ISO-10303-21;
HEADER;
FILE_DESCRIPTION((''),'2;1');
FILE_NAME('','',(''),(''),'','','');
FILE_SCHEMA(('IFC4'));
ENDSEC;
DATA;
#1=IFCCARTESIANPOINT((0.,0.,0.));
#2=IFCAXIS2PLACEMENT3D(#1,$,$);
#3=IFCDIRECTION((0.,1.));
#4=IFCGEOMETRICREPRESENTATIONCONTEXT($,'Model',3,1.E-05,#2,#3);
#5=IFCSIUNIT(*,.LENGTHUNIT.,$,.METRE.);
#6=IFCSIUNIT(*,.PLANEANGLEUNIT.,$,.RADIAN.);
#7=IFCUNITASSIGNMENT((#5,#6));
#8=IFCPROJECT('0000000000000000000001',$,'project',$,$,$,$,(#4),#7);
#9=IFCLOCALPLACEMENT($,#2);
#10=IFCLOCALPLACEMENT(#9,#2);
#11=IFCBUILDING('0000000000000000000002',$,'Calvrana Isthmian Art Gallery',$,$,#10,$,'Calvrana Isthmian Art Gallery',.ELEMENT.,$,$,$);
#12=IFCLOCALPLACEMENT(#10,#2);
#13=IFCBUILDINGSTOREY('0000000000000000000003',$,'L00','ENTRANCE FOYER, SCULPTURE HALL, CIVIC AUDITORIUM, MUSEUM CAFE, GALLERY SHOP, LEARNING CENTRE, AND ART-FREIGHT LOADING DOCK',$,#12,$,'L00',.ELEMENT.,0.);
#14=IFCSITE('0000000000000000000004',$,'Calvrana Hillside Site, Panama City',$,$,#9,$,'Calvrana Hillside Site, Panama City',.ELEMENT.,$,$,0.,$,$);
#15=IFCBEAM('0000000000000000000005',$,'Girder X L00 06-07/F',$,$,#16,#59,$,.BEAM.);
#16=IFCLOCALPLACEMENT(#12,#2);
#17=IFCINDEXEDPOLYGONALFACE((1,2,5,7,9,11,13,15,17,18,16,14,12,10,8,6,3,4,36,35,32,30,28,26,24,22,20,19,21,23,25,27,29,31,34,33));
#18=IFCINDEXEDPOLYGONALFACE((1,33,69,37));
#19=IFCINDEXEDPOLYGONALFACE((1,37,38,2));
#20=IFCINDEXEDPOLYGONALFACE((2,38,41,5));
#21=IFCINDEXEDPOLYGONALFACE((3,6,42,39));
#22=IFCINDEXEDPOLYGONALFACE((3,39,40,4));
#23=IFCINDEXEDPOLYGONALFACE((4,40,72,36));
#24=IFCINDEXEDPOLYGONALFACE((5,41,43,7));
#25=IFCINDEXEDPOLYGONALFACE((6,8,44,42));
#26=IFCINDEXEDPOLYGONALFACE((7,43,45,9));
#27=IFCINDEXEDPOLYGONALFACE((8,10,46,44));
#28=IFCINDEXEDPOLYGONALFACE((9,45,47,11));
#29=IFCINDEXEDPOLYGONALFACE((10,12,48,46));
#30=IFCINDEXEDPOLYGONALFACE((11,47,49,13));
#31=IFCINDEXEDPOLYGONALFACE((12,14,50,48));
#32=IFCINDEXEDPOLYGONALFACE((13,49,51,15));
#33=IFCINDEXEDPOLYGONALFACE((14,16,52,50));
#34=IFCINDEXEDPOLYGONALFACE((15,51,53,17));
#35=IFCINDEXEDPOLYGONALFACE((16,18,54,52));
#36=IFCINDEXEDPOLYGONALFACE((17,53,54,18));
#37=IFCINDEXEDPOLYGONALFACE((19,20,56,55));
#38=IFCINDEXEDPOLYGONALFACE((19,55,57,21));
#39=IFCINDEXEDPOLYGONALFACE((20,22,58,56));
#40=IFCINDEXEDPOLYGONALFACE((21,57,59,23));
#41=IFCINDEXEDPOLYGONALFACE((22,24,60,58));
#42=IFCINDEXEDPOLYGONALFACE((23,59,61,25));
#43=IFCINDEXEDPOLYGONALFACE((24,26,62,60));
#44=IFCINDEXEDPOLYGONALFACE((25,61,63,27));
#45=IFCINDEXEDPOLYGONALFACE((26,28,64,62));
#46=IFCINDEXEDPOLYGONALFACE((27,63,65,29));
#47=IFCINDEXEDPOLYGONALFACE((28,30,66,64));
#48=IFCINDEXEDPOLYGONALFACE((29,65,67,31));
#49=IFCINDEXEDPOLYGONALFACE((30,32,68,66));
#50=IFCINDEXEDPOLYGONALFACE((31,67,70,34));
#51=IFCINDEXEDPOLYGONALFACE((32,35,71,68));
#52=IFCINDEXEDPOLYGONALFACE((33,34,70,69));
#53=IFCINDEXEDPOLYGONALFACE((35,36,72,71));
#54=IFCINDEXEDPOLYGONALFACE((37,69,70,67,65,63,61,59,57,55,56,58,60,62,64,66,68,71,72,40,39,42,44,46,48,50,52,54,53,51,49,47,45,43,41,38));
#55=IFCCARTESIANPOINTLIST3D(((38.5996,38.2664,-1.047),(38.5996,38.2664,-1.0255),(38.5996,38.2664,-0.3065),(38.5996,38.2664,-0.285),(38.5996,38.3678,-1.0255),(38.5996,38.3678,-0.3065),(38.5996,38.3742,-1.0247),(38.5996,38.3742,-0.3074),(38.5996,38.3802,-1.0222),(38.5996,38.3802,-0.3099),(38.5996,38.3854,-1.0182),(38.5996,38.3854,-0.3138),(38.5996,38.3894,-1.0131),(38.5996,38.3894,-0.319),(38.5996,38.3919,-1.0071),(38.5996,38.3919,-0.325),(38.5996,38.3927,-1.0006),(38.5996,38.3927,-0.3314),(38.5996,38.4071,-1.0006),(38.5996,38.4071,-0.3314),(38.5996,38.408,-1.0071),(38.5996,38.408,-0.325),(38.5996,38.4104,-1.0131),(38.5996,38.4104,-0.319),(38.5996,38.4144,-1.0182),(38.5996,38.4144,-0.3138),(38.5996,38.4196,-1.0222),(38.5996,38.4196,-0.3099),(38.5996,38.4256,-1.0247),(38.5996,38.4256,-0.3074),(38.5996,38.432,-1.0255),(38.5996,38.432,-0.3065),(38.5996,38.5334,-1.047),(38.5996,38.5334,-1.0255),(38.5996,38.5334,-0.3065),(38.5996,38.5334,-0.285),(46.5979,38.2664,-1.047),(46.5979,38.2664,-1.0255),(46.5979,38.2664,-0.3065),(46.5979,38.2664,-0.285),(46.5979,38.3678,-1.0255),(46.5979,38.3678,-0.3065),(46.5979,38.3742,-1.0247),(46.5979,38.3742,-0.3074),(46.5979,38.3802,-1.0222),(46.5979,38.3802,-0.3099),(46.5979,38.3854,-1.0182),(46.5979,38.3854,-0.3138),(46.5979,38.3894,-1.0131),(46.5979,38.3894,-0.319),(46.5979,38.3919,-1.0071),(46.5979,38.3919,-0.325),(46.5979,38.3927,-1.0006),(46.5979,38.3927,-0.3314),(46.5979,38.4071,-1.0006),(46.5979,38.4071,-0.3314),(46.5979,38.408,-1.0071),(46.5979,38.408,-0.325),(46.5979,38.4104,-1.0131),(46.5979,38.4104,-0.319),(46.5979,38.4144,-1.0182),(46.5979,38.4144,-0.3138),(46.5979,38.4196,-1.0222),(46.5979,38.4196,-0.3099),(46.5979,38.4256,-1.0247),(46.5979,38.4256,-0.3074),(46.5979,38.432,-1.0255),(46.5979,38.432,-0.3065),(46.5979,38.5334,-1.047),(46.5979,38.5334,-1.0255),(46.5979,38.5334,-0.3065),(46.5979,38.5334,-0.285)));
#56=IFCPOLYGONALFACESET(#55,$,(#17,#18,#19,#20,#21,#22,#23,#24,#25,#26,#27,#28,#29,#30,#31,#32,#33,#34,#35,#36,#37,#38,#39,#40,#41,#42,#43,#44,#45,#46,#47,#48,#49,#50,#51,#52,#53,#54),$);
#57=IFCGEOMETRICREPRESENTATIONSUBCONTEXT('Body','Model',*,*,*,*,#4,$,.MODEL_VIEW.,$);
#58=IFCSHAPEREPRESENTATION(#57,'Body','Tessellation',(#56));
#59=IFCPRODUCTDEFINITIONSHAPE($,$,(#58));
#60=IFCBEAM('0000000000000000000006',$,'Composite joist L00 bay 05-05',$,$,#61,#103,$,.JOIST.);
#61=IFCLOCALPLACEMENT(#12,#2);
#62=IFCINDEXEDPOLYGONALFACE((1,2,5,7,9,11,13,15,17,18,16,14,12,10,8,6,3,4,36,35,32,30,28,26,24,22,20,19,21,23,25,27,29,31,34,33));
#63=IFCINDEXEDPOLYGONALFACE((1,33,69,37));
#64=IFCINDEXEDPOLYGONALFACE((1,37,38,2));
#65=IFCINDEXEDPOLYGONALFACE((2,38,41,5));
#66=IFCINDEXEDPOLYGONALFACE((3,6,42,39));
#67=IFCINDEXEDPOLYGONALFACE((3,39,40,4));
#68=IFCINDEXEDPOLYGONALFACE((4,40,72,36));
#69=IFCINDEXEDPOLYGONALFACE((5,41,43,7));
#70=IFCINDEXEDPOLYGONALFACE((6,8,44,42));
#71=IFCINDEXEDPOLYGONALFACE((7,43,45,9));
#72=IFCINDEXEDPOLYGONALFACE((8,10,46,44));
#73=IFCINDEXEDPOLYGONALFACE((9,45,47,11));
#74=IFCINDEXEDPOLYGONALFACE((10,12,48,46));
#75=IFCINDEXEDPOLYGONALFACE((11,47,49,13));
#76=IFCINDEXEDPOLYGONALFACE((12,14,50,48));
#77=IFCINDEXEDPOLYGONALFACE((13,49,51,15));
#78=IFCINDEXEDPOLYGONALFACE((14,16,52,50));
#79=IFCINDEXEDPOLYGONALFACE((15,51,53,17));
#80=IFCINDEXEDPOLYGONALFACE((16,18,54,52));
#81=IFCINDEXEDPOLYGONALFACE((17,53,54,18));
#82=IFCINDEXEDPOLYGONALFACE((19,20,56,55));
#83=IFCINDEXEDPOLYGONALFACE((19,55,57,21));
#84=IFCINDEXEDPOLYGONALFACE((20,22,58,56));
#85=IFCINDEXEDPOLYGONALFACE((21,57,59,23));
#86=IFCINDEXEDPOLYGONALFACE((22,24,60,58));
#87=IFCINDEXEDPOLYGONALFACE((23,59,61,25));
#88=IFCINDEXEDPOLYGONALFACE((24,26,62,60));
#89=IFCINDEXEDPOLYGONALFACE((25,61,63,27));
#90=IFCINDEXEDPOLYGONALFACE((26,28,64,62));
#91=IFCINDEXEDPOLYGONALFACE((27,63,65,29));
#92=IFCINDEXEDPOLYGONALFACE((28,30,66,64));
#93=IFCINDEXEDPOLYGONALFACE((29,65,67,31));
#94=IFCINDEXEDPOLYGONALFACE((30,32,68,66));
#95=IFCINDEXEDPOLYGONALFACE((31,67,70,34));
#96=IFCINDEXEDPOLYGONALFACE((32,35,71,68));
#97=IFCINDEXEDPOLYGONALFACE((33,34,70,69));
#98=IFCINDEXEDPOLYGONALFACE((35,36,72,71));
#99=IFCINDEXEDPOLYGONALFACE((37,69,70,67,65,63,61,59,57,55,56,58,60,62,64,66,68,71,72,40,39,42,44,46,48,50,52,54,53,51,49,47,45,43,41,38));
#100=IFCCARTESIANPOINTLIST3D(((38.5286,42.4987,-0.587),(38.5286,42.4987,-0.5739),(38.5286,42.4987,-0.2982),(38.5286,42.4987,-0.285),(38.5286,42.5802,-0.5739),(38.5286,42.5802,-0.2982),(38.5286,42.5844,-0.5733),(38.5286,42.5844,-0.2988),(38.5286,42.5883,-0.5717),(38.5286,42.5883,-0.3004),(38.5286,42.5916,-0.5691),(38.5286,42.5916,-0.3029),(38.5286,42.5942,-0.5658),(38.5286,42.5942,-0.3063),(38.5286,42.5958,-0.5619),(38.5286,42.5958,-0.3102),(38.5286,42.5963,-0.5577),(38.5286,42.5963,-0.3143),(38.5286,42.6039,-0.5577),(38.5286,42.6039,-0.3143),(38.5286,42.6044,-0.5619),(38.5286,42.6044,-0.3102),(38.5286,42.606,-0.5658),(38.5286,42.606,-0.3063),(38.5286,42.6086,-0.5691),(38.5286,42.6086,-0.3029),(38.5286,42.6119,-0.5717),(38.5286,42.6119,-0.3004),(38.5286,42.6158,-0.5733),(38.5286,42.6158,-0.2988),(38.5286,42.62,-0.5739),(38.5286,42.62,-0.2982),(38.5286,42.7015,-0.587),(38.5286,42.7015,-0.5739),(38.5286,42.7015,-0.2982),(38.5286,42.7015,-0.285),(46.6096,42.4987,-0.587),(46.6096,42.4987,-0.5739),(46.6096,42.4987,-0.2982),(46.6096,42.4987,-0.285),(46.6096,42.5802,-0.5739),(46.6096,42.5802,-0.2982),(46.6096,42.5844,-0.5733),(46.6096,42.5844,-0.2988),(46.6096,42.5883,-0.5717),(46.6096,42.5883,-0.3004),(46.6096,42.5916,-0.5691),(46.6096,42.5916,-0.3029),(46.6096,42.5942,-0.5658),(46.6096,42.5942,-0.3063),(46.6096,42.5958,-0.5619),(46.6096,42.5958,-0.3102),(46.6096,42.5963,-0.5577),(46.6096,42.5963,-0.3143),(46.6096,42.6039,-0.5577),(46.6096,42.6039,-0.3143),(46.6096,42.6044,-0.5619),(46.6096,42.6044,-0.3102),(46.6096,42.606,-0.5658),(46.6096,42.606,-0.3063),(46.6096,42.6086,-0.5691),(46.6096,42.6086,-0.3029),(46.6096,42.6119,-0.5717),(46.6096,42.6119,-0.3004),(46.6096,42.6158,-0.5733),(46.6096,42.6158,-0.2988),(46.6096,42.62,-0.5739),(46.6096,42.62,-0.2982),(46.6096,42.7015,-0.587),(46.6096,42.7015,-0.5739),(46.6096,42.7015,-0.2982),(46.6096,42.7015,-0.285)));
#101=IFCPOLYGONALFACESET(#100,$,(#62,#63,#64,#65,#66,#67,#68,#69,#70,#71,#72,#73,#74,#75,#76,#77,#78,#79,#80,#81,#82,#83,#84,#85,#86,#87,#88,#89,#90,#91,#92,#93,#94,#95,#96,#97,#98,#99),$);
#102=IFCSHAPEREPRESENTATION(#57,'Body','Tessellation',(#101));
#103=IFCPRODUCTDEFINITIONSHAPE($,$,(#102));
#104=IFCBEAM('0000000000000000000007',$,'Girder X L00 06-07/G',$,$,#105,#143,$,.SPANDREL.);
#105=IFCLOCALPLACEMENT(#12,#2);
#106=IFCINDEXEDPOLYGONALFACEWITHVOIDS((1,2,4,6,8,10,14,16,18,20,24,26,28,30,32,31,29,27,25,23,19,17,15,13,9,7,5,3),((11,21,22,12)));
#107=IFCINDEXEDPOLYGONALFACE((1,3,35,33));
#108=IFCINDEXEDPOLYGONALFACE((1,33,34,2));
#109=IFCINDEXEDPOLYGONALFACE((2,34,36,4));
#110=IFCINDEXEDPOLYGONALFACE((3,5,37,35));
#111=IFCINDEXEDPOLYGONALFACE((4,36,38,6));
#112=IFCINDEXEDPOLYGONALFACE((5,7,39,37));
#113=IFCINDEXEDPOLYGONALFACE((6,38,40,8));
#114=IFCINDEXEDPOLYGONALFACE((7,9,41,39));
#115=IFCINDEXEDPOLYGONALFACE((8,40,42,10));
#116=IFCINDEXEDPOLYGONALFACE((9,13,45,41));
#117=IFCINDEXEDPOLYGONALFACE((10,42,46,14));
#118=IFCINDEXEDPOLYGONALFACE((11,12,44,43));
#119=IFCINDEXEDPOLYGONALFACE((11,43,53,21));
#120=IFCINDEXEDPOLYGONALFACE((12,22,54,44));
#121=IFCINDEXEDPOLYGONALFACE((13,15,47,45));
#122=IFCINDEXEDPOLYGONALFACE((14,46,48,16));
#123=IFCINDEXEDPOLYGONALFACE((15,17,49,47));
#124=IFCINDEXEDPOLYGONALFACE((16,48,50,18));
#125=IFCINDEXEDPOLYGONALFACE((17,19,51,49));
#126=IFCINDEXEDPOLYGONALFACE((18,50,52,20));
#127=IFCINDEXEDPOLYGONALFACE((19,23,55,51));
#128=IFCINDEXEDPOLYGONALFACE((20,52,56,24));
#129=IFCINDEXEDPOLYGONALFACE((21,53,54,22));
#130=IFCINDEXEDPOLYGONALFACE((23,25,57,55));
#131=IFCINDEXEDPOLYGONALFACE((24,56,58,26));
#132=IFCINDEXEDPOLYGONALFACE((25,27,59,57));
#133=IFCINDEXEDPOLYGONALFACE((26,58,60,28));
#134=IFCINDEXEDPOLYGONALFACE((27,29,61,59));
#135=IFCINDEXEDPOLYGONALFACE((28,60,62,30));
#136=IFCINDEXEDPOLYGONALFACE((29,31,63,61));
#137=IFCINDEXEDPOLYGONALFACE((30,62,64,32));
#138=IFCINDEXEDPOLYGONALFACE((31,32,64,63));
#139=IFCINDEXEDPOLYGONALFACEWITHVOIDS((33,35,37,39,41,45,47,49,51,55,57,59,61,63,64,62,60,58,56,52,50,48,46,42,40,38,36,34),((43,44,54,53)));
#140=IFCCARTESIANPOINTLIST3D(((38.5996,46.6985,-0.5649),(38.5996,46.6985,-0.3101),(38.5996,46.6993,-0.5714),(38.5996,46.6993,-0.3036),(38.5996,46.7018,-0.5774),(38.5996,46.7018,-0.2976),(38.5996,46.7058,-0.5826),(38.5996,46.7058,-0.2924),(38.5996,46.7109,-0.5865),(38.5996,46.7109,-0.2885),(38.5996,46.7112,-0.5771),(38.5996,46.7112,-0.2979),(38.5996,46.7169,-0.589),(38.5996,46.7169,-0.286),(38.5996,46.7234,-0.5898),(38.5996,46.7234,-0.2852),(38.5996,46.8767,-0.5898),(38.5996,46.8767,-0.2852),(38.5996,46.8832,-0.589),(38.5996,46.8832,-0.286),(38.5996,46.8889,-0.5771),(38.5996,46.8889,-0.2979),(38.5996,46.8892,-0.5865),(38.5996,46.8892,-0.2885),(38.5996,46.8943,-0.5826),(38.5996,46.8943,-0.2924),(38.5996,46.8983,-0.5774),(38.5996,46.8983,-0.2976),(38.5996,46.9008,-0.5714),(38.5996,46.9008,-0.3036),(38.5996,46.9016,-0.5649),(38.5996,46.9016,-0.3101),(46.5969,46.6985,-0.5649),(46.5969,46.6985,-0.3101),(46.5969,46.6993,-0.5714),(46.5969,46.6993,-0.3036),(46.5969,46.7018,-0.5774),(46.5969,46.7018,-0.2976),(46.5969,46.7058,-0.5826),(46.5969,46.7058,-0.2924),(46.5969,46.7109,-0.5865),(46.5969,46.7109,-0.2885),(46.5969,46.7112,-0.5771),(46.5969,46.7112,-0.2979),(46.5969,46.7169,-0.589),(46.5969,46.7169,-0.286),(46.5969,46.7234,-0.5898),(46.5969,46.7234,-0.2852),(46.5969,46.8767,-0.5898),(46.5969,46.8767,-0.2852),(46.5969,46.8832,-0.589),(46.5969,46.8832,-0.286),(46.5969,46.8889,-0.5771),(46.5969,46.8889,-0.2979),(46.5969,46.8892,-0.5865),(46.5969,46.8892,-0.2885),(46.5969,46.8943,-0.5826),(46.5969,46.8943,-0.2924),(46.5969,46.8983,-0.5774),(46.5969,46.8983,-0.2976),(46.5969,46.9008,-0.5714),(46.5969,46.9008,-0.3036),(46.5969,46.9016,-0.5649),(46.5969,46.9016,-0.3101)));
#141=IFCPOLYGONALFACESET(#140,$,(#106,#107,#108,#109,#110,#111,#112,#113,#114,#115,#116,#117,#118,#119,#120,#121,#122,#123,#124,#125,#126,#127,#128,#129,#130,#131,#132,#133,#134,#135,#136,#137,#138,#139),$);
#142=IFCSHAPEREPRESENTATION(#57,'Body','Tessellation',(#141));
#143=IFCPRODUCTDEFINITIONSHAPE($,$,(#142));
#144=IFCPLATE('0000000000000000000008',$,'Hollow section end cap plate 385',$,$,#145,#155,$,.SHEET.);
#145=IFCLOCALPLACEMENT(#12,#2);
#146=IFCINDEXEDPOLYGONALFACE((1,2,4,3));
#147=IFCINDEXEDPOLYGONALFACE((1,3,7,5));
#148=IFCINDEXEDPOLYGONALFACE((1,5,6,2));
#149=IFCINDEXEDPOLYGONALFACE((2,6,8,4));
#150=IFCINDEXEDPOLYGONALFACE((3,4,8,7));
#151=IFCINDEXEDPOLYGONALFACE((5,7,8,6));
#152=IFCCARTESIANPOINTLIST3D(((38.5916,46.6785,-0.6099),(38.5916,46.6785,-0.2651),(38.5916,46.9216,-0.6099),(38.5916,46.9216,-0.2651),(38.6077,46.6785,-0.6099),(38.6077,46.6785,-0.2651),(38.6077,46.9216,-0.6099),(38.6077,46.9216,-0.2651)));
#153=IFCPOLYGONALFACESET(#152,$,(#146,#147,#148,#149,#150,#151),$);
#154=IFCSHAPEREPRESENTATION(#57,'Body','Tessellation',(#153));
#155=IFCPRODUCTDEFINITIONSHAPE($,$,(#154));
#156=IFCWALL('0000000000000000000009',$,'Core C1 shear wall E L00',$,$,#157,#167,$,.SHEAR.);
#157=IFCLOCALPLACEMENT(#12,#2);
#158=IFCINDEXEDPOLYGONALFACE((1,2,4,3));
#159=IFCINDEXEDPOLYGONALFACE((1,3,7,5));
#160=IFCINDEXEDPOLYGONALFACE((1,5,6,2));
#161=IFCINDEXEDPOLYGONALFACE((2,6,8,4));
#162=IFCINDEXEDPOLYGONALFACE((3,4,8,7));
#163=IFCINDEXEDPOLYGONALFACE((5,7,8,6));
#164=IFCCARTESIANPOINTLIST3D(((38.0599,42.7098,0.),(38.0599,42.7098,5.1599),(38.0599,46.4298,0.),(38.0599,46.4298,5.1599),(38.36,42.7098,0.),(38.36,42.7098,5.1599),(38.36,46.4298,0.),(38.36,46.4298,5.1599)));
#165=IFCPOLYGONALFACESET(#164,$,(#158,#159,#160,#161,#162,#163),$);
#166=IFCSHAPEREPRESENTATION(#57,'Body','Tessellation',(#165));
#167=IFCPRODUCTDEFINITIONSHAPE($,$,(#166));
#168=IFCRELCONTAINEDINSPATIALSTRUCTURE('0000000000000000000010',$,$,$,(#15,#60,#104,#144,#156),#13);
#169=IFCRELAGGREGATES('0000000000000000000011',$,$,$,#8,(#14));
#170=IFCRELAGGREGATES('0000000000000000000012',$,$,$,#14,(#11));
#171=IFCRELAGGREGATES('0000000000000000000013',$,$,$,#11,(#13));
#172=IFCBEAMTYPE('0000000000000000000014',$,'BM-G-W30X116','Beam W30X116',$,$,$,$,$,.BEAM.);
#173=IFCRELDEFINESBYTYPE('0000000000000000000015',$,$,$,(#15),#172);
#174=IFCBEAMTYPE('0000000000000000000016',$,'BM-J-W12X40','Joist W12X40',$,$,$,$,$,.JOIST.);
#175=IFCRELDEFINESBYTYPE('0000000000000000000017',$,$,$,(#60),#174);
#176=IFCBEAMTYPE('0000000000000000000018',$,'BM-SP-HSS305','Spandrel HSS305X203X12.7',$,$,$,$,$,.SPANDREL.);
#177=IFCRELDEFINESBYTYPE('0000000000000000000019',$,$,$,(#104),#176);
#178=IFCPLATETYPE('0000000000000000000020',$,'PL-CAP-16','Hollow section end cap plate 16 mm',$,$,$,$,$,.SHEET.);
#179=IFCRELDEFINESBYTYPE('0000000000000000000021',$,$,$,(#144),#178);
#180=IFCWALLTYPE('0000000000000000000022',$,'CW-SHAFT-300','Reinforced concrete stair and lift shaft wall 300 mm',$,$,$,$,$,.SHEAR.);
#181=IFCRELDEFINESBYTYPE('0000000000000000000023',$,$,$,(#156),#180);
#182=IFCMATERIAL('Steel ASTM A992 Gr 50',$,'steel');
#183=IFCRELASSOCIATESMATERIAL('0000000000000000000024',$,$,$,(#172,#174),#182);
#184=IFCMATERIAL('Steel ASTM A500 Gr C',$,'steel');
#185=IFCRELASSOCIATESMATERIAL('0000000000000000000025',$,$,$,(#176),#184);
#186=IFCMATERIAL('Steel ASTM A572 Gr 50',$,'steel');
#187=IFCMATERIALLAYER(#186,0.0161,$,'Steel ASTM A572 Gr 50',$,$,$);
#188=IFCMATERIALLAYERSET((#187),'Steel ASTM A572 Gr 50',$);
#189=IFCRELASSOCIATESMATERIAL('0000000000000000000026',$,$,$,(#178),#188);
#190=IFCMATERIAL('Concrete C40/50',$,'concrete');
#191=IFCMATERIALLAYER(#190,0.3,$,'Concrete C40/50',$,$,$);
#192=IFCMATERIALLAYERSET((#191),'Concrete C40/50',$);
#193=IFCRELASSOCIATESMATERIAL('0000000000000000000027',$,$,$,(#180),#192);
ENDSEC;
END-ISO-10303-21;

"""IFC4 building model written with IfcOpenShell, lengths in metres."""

from ifc_helpers import new_model, si_unit, direction, frame, frame_2d, origin, origin_2d, place, context, subcontext, project, spatial, rectangle, hollow_rectangle, i_section, extrude, material, layer, layer_set, material_profile, profile_set, type_object, element, save


model = new_model("IFC4")

# Units and contexts
model_context = context("Model", 3, precision=1e-05, world=origin(), true_north=direction((0.0, 1.0)))
body_context = subcontext(model_context, "Body", "Model", "MODEL_VIEW")
ifc_project = project(units=[si_unit("LENGTHUNIT", "METRE"), si_unit("PLANEANGLEUNIT", "RADIAN")], contexts=[model_context])

# Site, building, storey
site_placement = place(None, origin())
site = spatial("IfcSite", under=ifc_project, at=site_placement, Name="Calvrana Hillside Site, Panama City", LongName="Calvrana Hillside Site, Panama City", CompositionType="ELEMENT", RefElevation=0.0)
building_placement = place(site_placement, origin())
building = spatial("IfcBuilding", under=site, at=building_placement, Name="Calvrana Isthmian Art Gallery", LongName="Calvrana Isthmian Art Gallery", CompositionType="ELEMENT")
storey_placement = place(building_placement, origin())
storey = spatial("IfcBuildingStorey", under=building, at=storey_placement, Name="L00", Description="ENTRANCE FOYER, SCULPTURE HALL, CIVIC AUDITORIUM, MUSEUM CAFE, GALLERY SHOP, LEARNING CENTRE, AND ART-FREIGHT LOADING DOCK", LongName="L00", CompositionType="ELEMENT", Elevation=0.0)

# Shared definitions
ifc_material_1 = material(Name="Steel ASTM A992 Gr 50", Category="steel")

# Beams
ifc_material_profile_1 = material_profile(ifc_material_1, i_section(OverallWidth=0.2671, OverallDepth=0.762, WebThickness=0.0144, FlangeThickness=0.0215, FilletRadius=0.0249, at=origin_2d()), Name="W30X116")
ifc_profile_set_1 = profile_set([ifc_material_profile_1], Name="Steel ASTM A992 Gr 50")
beam_type_1 = type_object("IfcBeamType", Name="BM-G-W30X116", Description="Beam W30X116", PredefinedType="BEAM", material=ifc_profile_set_1)
beam_1_placement = place(storey_placement, frame((38.5996, 38.3999, -0.666), z_axis=(1.0, 0.0, 0.0), x_axis=(0.0, 1.0, 0.0)))
element("IfcBeam", 1, at=beam_1_placement, inside=storey, type_object=beam_type_1, Name="Girder X L00 06-07/F", PredefinedType="BEAM", context=body_context, shape_type="SweptSolid", body=[
    extrude(i_section(OverallWidth=0.2671, OverallDepth=0.762, WebThickness=0.0144, FlangeThickness=0.0215, FilletRadius=0.0249, at=origin_2d()), origin(), (0.0, 0.0, 1.0), 7.9983),
])
ifc_material_profile_2 = material_profile(ifc_material_1, i_section(OverallWidth=0.2029, OverallDepth=0.302, WebThickness=0.0076, FlangeThickness=0.0132, FilletRadius=0.0161, at=origin_2d()), Name="W12X40")
ifc_profile_set_2 = profile_set([ifc_material_profile_2], Name="Steel ASTM A992 Gr 50")
beam_type_2 = type_object("IfcBeamType", Name="BM-J-W12X40", Description="Joist W12X40", PredefinedType="JOIST", material=ifc_profile_set_2)
beam_2_placement = place(storey_placement, frame((38.5286, 42.6001, -0.436), z_axis=(1.0, 0.0, 0.0), x_axis=(0.0, 1.0, 0.0)))
element("IfcBeam", 2, at=beam_2_placement, inside=storey, type_object=beam_type_2, Name="Composite joist L00 bay 05-05", PredefinedType="JOIST", context=body_context, shape_type="SweptSolid", body=[
    extrude(i_section(OverallWidth=0.2029, OverallDepth=0.302, WebThickness=0.0076, FlangeThickness=0.0132, FilletRadius=0.0161, at=origin_2d()), origin(), (0.0, 0.0, 1.0), 8.0811),
])
ifc_material_2 = material(Name="Steel ASTM A500 Gr C", Category="steel")
ifc_material_profile_3 = material_profile(ifc_material_2, hollow_rectangle(XDim=0.2031, YDim=0.3047, WallThickness=0.0127, OuterFilletRadius=0.0249, at=origin_2d()), Name="HSS305X203X12.7")
ifc_profile_set_3 = profile_set([ifc_material_profile_3], Name="Steel ASTM A500 Gr C")
beam_type_3 = type_object("IfcBeamType", Name="BM-SP-HSS305", Description="Spandrel HSS305X203X12.7", PredefinedType="SPANDREL", material=ifc_profile_set_3)
beam_3_placement = place(storey_placement, frame((38.5996, 46.8, -0.4375), z_axis=(1.0, 0.0, 0.0), x_axis=(0.0, 1.0, 0.0)))
element("IfcBeam", 3, at=beam_3_placement, inside=storey, type_object=beam_type_3, Name="Girder X L00 06-07/G", PredefinedType="SPANDREL", context=body_context, shape_type="SweptSolid", body=[
    extrude(hollow_rectangle(XDim=0.2031, YDim=0.3047, WallThickness=0.0127, OuterFilletRadius=0.0249, at=origin_2d()), origin(), (0.0, 0.0, 1.0), 7.9973),
])

# Plate
ifc_material_3 = material(Name="Steel ASTM A572 Gr 50", Category="steel")
ifc_layer_1 = layer(ifc_material_3, 0.0161, Name="Steel ASTM A572 Gr 50")
ifc_layer_set_1 = layer_set([ifc_layer_1], Name="Steel ASTM A572 Gr 50")
plate_type = type_object("IfcPlateType", Name="PL-CAP-16", Description="Hollow section end cap plate 16 mm", PredefinedType="SHEET", material=ifc_layer_set_1)
plate_placement = place(storey_placement, frame((38.5996, 46.8, -0.6099), z_axis=(0.0, 0.0, 1.0), x_axis=(1.0, 0.0, 0.0)))
element("IfcPlate", 4, at=plate_placement, inside=storey, type_object=plate_type, Name="Hollow section end cap plate 385", PredefinedType="SHEET", context=body_context, shape_type="SweptSolid", body=[
    extrude(rectangle(XDim=0.0161, YDim=0.2432, at=origin_2d()), origin(), (0.0, 0.0, 1.0), 0.3447),
])

# Wall
ifc_material_4 = material(Name="Concrete C40/50", Category="concrete")
ifc_layer_2 = layer(ifc_material_4, 0.3, Name="Concrete C40/50")
ifc_layer_set_2 = layer_set([ifc_layer_2], Name="Concrete C40/50")
wall_type_1 = type_object("IfcWallType", Name="CW-SHAFT-300", Description="Reinforced concrete stair and lift shaft wall 300 mm", PredefinedType="SHEAR", material=ifc_layer_set_2)
wall_1_placement = place(storey_placement, frame((38.21, 42.71, 0.0), z_axis=(0.0, 0.0, 1.0), x_axis=(0.0, 1.0, 0.0)))
element("IfcWall", 5, at=wall_1_placement, inside=storey, type_object=wall_type_1, Name="Core C1 shear wall E L00", PredefinedType="SHEAR", context=body_context, shape_type="SweptSolid", body=[
    extrude(rectangle(XDim=3.72, YDim=0.3, at=frame_2d((1.8599, 0.0))), origin(), (0.0, 0.0, 1.0), 5.1599),
])

save(model, "model.ifc")
